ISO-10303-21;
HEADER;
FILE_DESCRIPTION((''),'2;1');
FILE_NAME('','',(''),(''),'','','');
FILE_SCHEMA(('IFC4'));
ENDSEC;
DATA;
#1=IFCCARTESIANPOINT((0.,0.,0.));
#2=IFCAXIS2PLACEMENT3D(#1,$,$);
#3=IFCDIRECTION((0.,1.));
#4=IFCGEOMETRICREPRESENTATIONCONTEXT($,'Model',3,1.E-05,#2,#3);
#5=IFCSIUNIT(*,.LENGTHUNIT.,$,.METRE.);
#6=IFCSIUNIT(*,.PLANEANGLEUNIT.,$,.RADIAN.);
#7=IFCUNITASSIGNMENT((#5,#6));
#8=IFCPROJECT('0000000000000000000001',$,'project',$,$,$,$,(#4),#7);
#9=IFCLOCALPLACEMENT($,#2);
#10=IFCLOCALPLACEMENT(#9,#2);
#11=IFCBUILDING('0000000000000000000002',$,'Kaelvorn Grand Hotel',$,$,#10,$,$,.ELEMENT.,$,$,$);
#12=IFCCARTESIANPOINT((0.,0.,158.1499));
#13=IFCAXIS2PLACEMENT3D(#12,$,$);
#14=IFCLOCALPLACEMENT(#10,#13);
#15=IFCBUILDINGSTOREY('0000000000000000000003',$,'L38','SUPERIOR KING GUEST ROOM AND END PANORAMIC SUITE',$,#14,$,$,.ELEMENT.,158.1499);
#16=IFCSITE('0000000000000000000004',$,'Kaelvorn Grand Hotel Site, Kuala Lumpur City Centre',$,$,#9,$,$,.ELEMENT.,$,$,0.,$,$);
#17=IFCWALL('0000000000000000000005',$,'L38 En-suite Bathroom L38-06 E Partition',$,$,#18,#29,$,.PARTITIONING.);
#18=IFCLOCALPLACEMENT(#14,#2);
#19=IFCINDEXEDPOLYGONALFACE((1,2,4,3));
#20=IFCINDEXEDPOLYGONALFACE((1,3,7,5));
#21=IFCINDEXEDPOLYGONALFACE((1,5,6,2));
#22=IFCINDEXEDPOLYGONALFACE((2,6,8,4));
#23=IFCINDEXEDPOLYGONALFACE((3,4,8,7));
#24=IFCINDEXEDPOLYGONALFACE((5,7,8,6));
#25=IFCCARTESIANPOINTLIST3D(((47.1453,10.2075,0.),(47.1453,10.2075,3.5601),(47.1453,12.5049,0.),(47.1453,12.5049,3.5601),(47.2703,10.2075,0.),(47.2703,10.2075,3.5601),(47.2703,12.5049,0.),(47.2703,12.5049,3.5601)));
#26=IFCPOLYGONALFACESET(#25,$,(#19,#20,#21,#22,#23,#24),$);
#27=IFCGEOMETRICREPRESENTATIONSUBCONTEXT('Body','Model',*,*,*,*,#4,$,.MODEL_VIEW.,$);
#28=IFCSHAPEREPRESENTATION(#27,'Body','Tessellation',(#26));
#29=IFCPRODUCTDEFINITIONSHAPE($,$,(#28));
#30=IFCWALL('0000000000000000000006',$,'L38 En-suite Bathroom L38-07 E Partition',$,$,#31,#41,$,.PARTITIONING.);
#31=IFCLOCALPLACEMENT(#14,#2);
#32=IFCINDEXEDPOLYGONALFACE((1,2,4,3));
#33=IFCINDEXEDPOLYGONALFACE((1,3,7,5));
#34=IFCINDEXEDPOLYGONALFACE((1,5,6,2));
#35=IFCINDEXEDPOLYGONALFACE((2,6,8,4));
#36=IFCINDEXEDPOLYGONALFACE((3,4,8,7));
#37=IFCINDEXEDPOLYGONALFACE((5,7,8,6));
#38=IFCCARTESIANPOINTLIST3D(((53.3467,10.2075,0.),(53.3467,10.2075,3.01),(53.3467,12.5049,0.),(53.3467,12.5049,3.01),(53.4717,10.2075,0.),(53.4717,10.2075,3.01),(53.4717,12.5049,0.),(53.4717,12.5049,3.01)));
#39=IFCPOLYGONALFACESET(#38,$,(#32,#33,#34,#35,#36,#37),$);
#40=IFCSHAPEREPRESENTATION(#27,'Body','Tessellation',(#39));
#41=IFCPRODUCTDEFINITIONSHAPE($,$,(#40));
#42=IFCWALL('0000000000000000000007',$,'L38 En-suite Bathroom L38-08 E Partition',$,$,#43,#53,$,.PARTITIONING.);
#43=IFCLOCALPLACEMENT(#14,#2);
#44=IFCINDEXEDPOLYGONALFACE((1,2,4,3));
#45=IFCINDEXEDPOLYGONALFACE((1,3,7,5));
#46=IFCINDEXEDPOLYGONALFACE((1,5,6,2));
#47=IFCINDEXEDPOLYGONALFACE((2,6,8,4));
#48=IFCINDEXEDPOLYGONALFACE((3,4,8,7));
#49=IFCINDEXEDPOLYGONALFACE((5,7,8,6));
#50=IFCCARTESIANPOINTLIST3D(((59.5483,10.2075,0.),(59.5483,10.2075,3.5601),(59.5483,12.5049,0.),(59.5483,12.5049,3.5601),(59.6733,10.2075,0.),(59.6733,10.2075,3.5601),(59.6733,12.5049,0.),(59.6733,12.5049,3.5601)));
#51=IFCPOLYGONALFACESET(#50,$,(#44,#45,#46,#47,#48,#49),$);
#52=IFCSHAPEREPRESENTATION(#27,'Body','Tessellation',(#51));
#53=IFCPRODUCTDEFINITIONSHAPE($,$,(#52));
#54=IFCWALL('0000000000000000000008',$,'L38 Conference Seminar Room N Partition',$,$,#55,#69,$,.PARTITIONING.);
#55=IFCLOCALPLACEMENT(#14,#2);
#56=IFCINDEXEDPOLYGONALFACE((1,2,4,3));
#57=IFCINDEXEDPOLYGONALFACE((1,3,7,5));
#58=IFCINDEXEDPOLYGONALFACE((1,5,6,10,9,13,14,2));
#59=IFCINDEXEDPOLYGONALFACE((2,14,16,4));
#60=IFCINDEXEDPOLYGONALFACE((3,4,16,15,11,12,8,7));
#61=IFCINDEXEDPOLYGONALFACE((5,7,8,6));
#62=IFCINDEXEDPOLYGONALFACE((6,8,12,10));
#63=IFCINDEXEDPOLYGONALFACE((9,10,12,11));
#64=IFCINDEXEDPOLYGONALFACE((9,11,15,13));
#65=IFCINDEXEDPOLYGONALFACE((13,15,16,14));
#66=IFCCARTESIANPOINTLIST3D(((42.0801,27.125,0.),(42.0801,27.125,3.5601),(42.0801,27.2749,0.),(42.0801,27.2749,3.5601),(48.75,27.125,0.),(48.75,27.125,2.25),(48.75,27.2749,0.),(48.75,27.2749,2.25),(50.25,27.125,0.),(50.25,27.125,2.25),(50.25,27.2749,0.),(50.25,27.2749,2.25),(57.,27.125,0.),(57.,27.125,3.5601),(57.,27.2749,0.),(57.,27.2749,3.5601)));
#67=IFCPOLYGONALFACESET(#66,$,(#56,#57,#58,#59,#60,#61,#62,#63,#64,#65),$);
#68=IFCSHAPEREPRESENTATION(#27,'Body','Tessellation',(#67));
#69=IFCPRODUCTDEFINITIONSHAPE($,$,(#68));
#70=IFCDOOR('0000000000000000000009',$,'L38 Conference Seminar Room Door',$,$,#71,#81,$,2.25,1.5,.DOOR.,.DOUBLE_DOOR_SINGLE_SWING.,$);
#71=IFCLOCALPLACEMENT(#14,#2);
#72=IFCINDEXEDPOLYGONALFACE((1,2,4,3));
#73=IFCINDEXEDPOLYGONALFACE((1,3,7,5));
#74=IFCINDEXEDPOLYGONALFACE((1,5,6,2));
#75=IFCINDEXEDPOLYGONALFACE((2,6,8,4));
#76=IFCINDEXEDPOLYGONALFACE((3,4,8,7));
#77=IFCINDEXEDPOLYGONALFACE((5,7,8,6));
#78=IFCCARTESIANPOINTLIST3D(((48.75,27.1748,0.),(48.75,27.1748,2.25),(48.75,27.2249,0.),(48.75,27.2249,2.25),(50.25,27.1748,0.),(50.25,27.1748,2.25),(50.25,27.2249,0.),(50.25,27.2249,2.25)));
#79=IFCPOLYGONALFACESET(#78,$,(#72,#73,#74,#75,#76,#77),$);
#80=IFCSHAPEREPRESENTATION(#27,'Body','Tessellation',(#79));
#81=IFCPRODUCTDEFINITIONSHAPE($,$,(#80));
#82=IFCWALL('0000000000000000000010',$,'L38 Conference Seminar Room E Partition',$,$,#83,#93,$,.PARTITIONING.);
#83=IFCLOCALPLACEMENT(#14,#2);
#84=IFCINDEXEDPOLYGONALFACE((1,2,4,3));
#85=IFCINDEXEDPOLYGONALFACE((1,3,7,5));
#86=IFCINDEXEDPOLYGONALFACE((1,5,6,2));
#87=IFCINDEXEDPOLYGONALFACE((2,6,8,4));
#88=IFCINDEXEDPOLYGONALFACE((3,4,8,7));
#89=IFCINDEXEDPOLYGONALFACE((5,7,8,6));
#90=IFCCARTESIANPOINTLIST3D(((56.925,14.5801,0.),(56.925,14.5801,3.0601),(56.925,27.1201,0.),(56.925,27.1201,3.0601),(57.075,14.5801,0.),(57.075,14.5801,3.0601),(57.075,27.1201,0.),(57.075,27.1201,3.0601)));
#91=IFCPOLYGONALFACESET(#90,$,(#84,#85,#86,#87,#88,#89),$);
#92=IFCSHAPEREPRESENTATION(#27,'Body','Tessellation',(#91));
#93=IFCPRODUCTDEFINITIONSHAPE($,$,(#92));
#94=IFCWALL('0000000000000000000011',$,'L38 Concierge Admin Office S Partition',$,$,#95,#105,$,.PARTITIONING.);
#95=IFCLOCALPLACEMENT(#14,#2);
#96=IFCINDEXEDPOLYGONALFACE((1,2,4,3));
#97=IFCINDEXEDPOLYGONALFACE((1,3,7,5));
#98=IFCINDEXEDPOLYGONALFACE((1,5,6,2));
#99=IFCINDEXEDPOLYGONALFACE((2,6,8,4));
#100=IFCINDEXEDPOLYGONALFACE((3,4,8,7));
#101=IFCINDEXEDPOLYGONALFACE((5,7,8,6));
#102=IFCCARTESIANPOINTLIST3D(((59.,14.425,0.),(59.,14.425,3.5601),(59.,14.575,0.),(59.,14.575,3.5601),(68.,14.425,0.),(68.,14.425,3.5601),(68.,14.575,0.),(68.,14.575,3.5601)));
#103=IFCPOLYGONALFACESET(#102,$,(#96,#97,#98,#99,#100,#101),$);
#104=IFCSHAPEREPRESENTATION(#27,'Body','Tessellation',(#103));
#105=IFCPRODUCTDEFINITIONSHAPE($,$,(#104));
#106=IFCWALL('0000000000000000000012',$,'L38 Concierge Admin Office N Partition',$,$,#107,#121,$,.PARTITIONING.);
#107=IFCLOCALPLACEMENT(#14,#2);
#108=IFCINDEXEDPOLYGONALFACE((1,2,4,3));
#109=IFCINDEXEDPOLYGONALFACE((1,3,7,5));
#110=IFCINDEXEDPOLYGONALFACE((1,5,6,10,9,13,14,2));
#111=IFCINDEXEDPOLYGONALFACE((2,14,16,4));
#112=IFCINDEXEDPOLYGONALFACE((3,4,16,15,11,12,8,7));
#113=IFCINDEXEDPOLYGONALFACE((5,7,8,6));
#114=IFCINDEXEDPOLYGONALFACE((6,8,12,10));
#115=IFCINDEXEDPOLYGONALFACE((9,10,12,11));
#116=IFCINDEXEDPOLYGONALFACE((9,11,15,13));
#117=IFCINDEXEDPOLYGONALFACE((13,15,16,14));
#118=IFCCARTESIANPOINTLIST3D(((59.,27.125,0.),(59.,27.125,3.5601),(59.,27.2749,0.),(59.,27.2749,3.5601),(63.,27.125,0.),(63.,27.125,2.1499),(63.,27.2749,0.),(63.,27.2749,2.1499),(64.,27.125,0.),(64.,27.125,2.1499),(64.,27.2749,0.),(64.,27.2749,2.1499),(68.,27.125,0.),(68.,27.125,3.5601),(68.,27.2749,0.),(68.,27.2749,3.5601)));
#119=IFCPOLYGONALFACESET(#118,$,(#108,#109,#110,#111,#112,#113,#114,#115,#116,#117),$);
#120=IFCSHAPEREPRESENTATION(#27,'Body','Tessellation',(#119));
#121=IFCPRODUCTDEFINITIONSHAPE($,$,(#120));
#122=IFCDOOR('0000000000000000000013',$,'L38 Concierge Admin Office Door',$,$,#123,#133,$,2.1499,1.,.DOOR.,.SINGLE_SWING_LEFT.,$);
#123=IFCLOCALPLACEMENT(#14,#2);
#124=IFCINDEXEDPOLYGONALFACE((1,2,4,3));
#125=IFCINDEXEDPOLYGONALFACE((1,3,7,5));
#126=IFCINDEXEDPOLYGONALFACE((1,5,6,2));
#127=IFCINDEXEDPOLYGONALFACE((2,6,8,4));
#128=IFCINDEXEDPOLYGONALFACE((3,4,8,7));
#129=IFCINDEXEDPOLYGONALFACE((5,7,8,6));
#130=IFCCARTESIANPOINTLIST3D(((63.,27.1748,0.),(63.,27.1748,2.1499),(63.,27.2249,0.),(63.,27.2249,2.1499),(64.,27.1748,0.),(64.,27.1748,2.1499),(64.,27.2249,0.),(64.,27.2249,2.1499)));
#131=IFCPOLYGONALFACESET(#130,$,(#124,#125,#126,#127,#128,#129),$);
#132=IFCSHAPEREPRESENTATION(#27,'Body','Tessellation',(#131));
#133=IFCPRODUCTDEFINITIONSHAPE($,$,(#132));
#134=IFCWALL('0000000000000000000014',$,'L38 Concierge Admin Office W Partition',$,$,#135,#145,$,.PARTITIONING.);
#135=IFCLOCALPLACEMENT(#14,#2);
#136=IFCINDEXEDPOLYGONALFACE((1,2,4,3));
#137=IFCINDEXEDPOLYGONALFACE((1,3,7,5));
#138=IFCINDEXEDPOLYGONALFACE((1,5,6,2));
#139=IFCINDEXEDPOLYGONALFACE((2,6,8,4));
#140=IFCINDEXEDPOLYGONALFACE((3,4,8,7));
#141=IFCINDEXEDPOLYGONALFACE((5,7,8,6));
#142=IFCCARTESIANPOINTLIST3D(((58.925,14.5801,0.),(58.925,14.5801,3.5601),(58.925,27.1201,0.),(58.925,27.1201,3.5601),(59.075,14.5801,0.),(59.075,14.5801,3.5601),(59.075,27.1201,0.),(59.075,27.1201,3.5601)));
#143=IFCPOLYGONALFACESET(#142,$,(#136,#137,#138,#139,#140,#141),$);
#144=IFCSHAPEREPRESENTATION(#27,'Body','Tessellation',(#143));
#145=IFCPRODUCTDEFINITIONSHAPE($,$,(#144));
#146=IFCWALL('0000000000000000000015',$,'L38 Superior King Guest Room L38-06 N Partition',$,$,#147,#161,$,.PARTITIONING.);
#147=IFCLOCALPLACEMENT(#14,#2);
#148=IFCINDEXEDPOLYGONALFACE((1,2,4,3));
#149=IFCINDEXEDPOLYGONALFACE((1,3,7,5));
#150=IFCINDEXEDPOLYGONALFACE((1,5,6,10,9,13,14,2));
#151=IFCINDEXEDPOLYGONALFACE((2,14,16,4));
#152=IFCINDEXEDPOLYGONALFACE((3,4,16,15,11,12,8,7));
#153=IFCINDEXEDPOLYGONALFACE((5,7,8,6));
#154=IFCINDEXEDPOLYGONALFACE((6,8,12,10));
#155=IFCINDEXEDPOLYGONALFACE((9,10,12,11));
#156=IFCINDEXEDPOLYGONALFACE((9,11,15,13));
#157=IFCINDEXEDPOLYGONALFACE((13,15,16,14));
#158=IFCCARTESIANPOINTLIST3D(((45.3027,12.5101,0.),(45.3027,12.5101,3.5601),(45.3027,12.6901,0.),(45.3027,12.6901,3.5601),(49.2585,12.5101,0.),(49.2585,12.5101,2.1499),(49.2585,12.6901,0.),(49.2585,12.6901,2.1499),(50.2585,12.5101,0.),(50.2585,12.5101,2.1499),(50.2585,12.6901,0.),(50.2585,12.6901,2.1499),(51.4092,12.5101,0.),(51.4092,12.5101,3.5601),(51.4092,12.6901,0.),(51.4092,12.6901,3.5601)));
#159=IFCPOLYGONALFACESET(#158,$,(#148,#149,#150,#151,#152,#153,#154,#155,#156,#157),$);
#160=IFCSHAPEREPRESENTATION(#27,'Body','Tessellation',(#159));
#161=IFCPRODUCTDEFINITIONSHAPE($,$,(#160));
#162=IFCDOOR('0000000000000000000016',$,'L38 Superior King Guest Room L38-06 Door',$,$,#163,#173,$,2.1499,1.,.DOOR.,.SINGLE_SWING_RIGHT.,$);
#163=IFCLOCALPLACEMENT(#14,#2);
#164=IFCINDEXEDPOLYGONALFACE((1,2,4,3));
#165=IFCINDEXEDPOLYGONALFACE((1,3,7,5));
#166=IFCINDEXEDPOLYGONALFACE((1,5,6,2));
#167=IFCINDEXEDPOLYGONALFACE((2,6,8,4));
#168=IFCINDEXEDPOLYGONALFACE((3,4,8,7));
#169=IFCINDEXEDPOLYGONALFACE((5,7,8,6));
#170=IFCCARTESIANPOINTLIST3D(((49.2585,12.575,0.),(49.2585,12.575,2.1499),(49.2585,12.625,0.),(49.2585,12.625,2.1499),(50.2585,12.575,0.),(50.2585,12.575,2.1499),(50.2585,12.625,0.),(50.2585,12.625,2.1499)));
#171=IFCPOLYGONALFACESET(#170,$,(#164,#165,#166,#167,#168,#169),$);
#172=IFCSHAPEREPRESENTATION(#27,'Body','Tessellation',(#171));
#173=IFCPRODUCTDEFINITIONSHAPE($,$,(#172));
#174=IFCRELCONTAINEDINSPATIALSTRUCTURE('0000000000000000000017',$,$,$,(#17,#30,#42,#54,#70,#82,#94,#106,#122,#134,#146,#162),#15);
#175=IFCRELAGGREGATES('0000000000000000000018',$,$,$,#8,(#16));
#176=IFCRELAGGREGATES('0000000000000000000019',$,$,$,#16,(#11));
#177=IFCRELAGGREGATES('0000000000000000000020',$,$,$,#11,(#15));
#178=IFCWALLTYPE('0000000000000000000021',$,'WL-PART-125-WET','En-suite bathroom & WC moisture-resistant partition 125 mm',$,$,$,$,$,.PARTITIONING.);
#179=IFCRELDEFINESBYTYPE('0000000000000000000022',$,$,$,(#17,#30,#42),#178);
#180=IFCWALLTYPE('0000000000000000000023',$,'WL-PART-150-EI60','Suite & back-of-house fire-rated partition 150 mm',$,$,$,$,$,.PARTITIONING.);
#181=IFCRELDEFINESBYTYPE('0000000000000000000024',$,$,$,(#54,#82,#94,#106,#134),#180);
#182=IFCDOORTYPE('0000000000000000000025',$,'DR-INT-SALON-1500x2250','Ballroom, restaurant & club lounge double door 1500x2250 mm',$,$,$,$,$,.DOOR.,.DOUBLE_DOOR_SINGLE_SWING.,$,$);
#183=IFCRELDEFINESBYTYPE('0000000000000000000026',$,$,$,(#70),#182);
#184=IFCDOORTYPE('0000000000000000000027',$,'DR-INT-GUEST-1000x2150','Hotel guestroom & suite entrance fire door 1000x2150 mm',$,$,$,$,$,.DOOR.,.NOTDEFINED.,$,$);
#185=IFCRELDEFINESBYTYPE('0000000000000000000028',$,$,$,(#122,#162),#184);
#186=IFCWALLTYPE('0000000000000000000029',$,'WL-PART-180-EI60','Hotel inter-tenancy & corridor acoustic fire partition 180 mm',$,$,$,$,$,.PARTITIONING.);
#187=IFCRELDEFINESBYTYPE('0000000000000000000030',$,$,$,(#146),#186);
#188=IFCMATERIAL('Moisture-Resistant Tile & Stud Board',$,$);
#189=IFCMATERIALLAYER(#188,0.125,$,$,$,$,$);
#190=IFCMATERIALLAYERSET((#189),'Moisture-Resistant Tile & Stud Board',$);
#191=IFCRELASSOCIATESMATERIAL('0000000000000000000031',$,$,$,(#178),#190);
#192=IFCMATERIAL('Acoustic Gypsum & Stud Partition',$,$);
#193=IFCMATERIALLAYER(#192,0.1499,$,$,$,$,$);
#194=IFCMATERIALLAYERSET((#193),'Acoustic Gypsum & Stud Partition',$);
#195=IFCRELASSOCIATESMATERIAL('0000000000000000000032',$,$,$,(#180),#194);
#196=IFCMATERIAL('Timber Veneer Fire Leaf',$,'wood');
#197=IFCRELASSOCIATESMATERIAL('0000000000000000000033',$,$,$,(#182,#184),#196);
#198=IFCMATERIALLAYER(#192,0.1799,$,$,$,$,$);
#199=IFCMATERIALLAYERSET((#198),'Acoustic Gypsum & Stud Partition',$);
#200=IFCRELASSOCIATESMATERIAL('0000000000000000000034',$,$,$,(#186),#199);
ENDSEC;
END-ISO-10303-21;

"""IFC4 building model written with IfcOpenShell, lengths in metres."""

from ifc_helpers import new_model, si_unit, direction, frame, frame_2d, origin, place, context, subcontext, project, spatial, rectangle, extrude, material, layer, layer_set, type_object, element, fill, save


model = new_model("IFC4")

# Units and contexts
model_context = context("Model", 3, precision=1e-05, world=origin(), true_north=direction((0.0, 1.0)))
body_context = subcontext(model_context, "Body", "Model", "MODEL_VIEW")
ifc_project = project(units=[si_unit("LENGTHUNIT", "METRE"), si_unit("PLANEANGLEUNIT", "RADIAN")], contexts=[model_context])

# Site, building, storey
site_placement = place(None, origin())
site = spatial("IfcSite", under=ifc_project, at=site_placement, Name="Kaelvorn Grand Hotel Site, Kuala Lumpur City Centre", CompositionType="ELEMENT", RefElevation=0.0)
building_placement = place(site_placement, origin())
building = spatial("IfcBuilding", under=site, at=building_placement, Name="Kaelvorn Grand Hotel", CompositionType="ELEMENT")
storey_placement = place(building_placement, frame((0.0, 0.0, 158.1499)))
storey = spatial("IfcBuildingStorey", under=building, at=storey_placement, Name="L38", Description="SUPERIOR KING GUEST ROOM AND END PANORAMIC SUITE", CompositionType="ELEMENT", Elevation=158.1499)

# Walls
ifc_material_1 = material(Name="Moisture-Resistant Tile & Stud Board")
ifc_layer_1 = layer(ifc_material_1, 0.125)
ifc_layer_set_1 = layer_set([ifc_layer_1], Name="Moisture-Resistant Tile & Stud Board")
wall_type_1 = type_object("IfcWallType", Name="WL-PART-125-WET", Description="En-suite bathroom & WC moisture-resistant partition 125 mm", PredefinedType="PARTITIONING", material=ifc_layer_set_1)
wall_1_placement = place(storey_placement, frame((47.2078, 10.2075, 0.0), z_axis=(0.0, 0.0, 1.0), x_axis=(0.0, 1.0, 0.0)))
element("IfcWall", 1, at=wall_1_placement, inside=storey, type_object=wall_type_1, Name="L38 En-suite Bathroom L38-06 E Partition", PredefinedType="PARTITIONING", context=body_context, shape_type="SweptSolid", body=[
    extrude(rectangle(XDim=2.2974, YDim=0.125, at=frame_2d((1.1487, 0.0))), origin(), (0.0, 0.0, 1.0), 3.5601),
])
wall_2_placement = place(storey_placement, frame((53.4092, 10.2075, 0.0), z_axis=(0.0, 0.0, 1.0), x_axis=(0.0, 1.0, 0.0)))
element("IfcWall", 2, at=wall_2_placement, inside=storey, type_object=wall_type_1, Name="L38 En-suite Bathroom L38-07 E Partition", PredefinedType="PARTITIONING", context=body_context, shape_type="SweptSolid", body=[
    extrude(rectangle(XDim=2.2974, YDim=0.125, at=frame_2d((1.1487, 0.0))), origin(), (0.0, 0.0, 1.0), 3.01),
])
wall_3_placement = place(storey_placement, frame((59.6108, 10.2075, 0.0), z_axis=(0.0, 0.0, 1.0), x_axis=(0.0, 1.0, 0.0)))
element("IfcWall", 3, at=wall_3_placement, inside=storey, type_object=wall_type_1, Name="L38 En-suite Bathroom L38-08 E Partition", PredefinedType="PARTITIONING", context=body_context, shape_type="SweptSolid", body=[
    extrude(rectangle(XDim=2.2974, YDim=0.125, at=frame_2d((1.1487, 0.0))), origin(), (0.0, 0.0, 1.0), 3.5601),
])

# Wall, opening, door
ifc_material_2 = material(Name="Acoustic Gypsum & Stud Partition")
ifc_layer_2 = layer(ifc_material_2, 0.1499)
ifc_layer_set_2 = layer_set([ifc_layer_2], Name="Acoustic Gypsum & Stud Partition")
wall_type_2 = type_object("IfcWallType", Name="WL-PART-150-EI60", Description="Suite & back-of-house fire-rated partition 150 mm", PredefinedType="PARTITIONING", material=ifc_layer_set_2)
wall_4_placement = place(storey_placement, frame((42.0801, 27.2, 0.0), z_axis=(0.0, 0.0, 1.0), x_axis=(1.0, 0.0, 0.0)))
wall_4 = element("IfcWall", 4, at=wall_4_placement, inside=storey, type_object=wall_type_2, Name="L38 Conference Seminar Room N Partition", PredefinedType="PARTITIONING", context=body_context, shape_type="SweptSolid", body=[
    extrude(rectangle(XDim=14.9199, YDim=0.1499, at=frame_2d((7.46, 0.0))), origin(), (0.0, 0.0, 1.0), 3.5601),
])
opening_1_placement = place(wall_4_placement, frame((6.6699, 0.0, 0.0)))
opening_1 = element("IfcOpeningElement", 5, at=opening_1_placement, cuts=wall_4, PredefinedType="OPENING", context=body_context, shape_type="SweptSolid", body=[
    extrude(rectangle(XDim=1.5, YDim=2.25, at=frame_2d((0.75, 1.125))), frame((0.0, 0.085, 0.0), z_axis=(0.0, -1.0, 0.0), x_axis=(1.0, 0.0, 0.0)), (0.0, 0.0, 1.0), 0.1699),
])
ifc_material_3 = material(Name="Timber Veneer Fire Leaf", Category="wood")
door_type_1 = type_object("IfcDoorType", Name="DR-INT-SALON-1500x2250", Description="Ballroom, restaurant & club lounge double door 1500x2250 mm", OperationType="DOUBLE_DOOR_SINGLE_SWING", PredefinedType="DOOR", material=ifc_material_3)
door_1_placement = place(opening_1_placement, origin())
door_1 = element("IfcDoor", 6, at=door_1_placement, inside=storey, type_object=door_type_1, Name="L38 Conference Seminar Room Door", OperationType="DOUBLE_DOOR_SINGLE_SWING", OverallHeight=2.25, OverallWidth=1.5, PredefinedType="DOOR", context=body_context, shape_type="SweptSolid", body=[
    extrude(rectangle(XDim=1.5, YDim=2.25, at=frame_2d((0.75, 1.125))), frame((0.0, 0.0249, 0.0), z_axis=(0.0, -1.0, 0.0), x_axis=(1.0, 0.0, 0.0)), (0.0, 0.0, 1.0), 0.05),
])
fill(opening_1, door_1)

# Walls
wall_5_placement = place(storey_placement, frame((57.0, 14.5801, 0.0), z_axis=(0.0, 0.0, 1.0), x_axis=(0.0, 1.0, 0.0)))
element("IfcWall", 7, at=wall_5_placement, inside=storey, type_object=wall_type_2, Name="L38 Conference Seminar Room E Partition", PredefinedType="PARTITIONING", context=body_context, shape_type="SweptSolid", body=[
    extrude(rectangle(XDim=12.54, YDim=0.1499, at=frame_2d((6.27, 0.0))), origin(), (0.0, 0.0, 1.0), 3.0601),
])
wall_6_placement = place(storey_placement, frame((59.0, 14.5, 0.0), z_axis=(0.0, 0.0, 1.0), x_axis=(1.0, 0.0, 0.0)))
element("IfcWall", 8, at=wall_6_placement, inside=storey, type_object=wall_type_2, Name="L38 Concierge Admin Office S Partition", PredefinedType="PARTITIONING", context=body_context, shape_type="SweptSolid", body=[
    extrude(rectangle(XDim=9.0, YDim=0.1499, at=frame_2d((4.5, 0.0))), origin(), (0.0, 0.0, 1.0), 3.5601),
])

# Wall, opening, door
wall_7_placement = place(storey_placement, frame((59.0, 27.2, 0.0), z_axis=(0.0, 0.0, 1.0), x_axis=(1.0, 0.0, 0.0)))
wall_7 = element("IfcWall", 9, at=wall_7_placement, inside=storey, type_object=wall_type_2, Name="L38 Concierge Admin Office N Partition", PredefinedType="PARTITIONING", context=body_context, shape_type="SweptSolid", body=[
    extrude(rectangle(XDim=9.0, YDim=0.1499, at=frame_2d((4.5, 0.0))), origin(), (0.0, 0.0, 1.0), 3.5601),
])
opening_2_placement = place(wall_7_placement, frame((4.0, 0.0, 0.0)))
opening_2 = element("IfcOpeningElement", 10, at=opening_2_placement, cuts=wall_7, PredefinedType="OPENING", context=body_context, shape_type="SweptSolid", body=[
    extrude(rectangle(XDim=1.0, YDim=2.1499, at=frame_2d((0.5, 1.075))), frame((0.0, 0.085, 0.0), z_axis=(0.0, -1.0, 0.0), x_axis=(1.0, 0.0, 0.0)), (0.0, 0.0, 1.0), 0.1699),
])
door_type_2 = type_object("IfcDoorType", Name="DR-INT-GUEST-1000x2150", Description="Hotel guestroom & suite entrance fire door 1000x2150 mm", OperationType="NOTDEFINED", PredefinedType="DOOR", material=ifc_material_3)
door_2_placement = place(opening_2_placement, origin())
door_2 = element("IfcDoor", 11, at=door_2_placement, inside=storey, type_object=door_type_2, Name="L38 Concierge Admin Office Door", OperationType="SINGLE_SWING_LEFT", OverallHeight=2.1499, OverallWidth=1.0, PredefinedType="DOOR", context=body_context, shape_type="SweptSolid", body=[
    extrude(rectangle(XDim=1.0, YDim=2.1499, at=frame_2d((0.5, 1.075))), frame((0.0, 0.0249, 0.0), z_axis=(0.0, -1.0, 0.0), x_axis=(1.0, 0.0, 0.0)), (0.0, 0.0, 1.0), 0.05),
])
fill(opening_2, door_2)

# Wall
wall_8_placement = place(storey_placement, frame((59.0, 14.5801, 0.0), z_axis=(0.0, 0.0, 1.0), x_axis=(0.0, 1.0, 0.0)))
element("IfcWall", 12, at=wall_8_placement, inside=storey, type_object=wall_type_2, Name="L38 Concierge Admin Office W Partition", PredefinedType="PARTITIONING", context=body_context, shape_type="SweptSolid", body=[
    extrude(rectangle(XDim=12.54, YDim=0.1499, at=frame_2d((6.27, 0.0))), origin(), (0.0, 0.0, 1.0), 3.5601),
])

# Wall, opening, door
ifc_layer_3 = layer(ifc_material_2, 0.1799)
ifc_layer_set_3 = layer_set([ifc_layer_3], Name="Acoustic Gypsum & Stud Partition")
wall_type_3 = type_object("IfcWallType", Name="WL-PART-180-EI60", Description="Hotel inter-tenancy & corridor acoustic fire partition 180 mm", PredefinedType="PARTITIONING", material=ifc_layer_set_3)
wall_9_placement = place(storey_placement, frame((45.3027, 12.6001, 0.0), z_axis=(0.0, 0.0, 1.0), x_axis=(1.0, 0.0, 0.0)))
wall_9 = element("IfcWall", 13, at=wall_9_placement, inside=storey, type_object=wall_type_3, Name="L38 Superior King Guest Room L38-06 N Partition", PredefinedType="PARTITIONING", context=body_context, shape_type="SweptSolid", body=[
    extrude(rectangle(XDim=6.1064, YDim=0.1799, at=frame_2d((3.0532, 0.0))), origin(), (0.0, 0.0, 1.0), 3.5601),
])
opening_3_placement = place(wall_9_placement, frame((3.9558, 0.0, 0.0)))
opening_3 = element("IfcOpeningElement", 14, at=opening_3_placement, cuts=wall_9, PredefinedType="OPENING", context=body_context, shape_type="SweptSolid", body=[
    extrude(rectangle(XDim=1.0, YDim=2.1499, at=frame_2d((0.5, 1.075))), frame((0.0, 0.1001, 0.0), z_axis=(0.0, -1.0, 0.0), x_axis=(1.0, 0.0, 0.0)), (0.0, 0.0, 1.0), 0.2),
])
door_3_placement = place(opening_3_placement, origin())
door_3 = element("IfcDoor", 15, at=door_3_placement, inside=storey, type_object=door_type_2, Name="L38 Superior King Guest Room L38-06 Door", OperationType="SINGLE_SWING_RIGHT", OverallHeight=2.1499, OverallWidth=1.0, PredefinedType="DOOR", context=body_context, shape_type="SweptSolid", body=[
    extrude(rectangle(XDim=1.0, YDim=2.1499, at=frame_2d((0.5, 1.075))), frame((0.0, 0.0249, 0.0), z_axis=(0.0, -1.0, 0.0), x_axis=(1.0, 0.0, 0.0)), (0.0, 0.0, 1.0), 0.05),
])
fill(opening_3, door_3)

save(model, "model.ifc")
